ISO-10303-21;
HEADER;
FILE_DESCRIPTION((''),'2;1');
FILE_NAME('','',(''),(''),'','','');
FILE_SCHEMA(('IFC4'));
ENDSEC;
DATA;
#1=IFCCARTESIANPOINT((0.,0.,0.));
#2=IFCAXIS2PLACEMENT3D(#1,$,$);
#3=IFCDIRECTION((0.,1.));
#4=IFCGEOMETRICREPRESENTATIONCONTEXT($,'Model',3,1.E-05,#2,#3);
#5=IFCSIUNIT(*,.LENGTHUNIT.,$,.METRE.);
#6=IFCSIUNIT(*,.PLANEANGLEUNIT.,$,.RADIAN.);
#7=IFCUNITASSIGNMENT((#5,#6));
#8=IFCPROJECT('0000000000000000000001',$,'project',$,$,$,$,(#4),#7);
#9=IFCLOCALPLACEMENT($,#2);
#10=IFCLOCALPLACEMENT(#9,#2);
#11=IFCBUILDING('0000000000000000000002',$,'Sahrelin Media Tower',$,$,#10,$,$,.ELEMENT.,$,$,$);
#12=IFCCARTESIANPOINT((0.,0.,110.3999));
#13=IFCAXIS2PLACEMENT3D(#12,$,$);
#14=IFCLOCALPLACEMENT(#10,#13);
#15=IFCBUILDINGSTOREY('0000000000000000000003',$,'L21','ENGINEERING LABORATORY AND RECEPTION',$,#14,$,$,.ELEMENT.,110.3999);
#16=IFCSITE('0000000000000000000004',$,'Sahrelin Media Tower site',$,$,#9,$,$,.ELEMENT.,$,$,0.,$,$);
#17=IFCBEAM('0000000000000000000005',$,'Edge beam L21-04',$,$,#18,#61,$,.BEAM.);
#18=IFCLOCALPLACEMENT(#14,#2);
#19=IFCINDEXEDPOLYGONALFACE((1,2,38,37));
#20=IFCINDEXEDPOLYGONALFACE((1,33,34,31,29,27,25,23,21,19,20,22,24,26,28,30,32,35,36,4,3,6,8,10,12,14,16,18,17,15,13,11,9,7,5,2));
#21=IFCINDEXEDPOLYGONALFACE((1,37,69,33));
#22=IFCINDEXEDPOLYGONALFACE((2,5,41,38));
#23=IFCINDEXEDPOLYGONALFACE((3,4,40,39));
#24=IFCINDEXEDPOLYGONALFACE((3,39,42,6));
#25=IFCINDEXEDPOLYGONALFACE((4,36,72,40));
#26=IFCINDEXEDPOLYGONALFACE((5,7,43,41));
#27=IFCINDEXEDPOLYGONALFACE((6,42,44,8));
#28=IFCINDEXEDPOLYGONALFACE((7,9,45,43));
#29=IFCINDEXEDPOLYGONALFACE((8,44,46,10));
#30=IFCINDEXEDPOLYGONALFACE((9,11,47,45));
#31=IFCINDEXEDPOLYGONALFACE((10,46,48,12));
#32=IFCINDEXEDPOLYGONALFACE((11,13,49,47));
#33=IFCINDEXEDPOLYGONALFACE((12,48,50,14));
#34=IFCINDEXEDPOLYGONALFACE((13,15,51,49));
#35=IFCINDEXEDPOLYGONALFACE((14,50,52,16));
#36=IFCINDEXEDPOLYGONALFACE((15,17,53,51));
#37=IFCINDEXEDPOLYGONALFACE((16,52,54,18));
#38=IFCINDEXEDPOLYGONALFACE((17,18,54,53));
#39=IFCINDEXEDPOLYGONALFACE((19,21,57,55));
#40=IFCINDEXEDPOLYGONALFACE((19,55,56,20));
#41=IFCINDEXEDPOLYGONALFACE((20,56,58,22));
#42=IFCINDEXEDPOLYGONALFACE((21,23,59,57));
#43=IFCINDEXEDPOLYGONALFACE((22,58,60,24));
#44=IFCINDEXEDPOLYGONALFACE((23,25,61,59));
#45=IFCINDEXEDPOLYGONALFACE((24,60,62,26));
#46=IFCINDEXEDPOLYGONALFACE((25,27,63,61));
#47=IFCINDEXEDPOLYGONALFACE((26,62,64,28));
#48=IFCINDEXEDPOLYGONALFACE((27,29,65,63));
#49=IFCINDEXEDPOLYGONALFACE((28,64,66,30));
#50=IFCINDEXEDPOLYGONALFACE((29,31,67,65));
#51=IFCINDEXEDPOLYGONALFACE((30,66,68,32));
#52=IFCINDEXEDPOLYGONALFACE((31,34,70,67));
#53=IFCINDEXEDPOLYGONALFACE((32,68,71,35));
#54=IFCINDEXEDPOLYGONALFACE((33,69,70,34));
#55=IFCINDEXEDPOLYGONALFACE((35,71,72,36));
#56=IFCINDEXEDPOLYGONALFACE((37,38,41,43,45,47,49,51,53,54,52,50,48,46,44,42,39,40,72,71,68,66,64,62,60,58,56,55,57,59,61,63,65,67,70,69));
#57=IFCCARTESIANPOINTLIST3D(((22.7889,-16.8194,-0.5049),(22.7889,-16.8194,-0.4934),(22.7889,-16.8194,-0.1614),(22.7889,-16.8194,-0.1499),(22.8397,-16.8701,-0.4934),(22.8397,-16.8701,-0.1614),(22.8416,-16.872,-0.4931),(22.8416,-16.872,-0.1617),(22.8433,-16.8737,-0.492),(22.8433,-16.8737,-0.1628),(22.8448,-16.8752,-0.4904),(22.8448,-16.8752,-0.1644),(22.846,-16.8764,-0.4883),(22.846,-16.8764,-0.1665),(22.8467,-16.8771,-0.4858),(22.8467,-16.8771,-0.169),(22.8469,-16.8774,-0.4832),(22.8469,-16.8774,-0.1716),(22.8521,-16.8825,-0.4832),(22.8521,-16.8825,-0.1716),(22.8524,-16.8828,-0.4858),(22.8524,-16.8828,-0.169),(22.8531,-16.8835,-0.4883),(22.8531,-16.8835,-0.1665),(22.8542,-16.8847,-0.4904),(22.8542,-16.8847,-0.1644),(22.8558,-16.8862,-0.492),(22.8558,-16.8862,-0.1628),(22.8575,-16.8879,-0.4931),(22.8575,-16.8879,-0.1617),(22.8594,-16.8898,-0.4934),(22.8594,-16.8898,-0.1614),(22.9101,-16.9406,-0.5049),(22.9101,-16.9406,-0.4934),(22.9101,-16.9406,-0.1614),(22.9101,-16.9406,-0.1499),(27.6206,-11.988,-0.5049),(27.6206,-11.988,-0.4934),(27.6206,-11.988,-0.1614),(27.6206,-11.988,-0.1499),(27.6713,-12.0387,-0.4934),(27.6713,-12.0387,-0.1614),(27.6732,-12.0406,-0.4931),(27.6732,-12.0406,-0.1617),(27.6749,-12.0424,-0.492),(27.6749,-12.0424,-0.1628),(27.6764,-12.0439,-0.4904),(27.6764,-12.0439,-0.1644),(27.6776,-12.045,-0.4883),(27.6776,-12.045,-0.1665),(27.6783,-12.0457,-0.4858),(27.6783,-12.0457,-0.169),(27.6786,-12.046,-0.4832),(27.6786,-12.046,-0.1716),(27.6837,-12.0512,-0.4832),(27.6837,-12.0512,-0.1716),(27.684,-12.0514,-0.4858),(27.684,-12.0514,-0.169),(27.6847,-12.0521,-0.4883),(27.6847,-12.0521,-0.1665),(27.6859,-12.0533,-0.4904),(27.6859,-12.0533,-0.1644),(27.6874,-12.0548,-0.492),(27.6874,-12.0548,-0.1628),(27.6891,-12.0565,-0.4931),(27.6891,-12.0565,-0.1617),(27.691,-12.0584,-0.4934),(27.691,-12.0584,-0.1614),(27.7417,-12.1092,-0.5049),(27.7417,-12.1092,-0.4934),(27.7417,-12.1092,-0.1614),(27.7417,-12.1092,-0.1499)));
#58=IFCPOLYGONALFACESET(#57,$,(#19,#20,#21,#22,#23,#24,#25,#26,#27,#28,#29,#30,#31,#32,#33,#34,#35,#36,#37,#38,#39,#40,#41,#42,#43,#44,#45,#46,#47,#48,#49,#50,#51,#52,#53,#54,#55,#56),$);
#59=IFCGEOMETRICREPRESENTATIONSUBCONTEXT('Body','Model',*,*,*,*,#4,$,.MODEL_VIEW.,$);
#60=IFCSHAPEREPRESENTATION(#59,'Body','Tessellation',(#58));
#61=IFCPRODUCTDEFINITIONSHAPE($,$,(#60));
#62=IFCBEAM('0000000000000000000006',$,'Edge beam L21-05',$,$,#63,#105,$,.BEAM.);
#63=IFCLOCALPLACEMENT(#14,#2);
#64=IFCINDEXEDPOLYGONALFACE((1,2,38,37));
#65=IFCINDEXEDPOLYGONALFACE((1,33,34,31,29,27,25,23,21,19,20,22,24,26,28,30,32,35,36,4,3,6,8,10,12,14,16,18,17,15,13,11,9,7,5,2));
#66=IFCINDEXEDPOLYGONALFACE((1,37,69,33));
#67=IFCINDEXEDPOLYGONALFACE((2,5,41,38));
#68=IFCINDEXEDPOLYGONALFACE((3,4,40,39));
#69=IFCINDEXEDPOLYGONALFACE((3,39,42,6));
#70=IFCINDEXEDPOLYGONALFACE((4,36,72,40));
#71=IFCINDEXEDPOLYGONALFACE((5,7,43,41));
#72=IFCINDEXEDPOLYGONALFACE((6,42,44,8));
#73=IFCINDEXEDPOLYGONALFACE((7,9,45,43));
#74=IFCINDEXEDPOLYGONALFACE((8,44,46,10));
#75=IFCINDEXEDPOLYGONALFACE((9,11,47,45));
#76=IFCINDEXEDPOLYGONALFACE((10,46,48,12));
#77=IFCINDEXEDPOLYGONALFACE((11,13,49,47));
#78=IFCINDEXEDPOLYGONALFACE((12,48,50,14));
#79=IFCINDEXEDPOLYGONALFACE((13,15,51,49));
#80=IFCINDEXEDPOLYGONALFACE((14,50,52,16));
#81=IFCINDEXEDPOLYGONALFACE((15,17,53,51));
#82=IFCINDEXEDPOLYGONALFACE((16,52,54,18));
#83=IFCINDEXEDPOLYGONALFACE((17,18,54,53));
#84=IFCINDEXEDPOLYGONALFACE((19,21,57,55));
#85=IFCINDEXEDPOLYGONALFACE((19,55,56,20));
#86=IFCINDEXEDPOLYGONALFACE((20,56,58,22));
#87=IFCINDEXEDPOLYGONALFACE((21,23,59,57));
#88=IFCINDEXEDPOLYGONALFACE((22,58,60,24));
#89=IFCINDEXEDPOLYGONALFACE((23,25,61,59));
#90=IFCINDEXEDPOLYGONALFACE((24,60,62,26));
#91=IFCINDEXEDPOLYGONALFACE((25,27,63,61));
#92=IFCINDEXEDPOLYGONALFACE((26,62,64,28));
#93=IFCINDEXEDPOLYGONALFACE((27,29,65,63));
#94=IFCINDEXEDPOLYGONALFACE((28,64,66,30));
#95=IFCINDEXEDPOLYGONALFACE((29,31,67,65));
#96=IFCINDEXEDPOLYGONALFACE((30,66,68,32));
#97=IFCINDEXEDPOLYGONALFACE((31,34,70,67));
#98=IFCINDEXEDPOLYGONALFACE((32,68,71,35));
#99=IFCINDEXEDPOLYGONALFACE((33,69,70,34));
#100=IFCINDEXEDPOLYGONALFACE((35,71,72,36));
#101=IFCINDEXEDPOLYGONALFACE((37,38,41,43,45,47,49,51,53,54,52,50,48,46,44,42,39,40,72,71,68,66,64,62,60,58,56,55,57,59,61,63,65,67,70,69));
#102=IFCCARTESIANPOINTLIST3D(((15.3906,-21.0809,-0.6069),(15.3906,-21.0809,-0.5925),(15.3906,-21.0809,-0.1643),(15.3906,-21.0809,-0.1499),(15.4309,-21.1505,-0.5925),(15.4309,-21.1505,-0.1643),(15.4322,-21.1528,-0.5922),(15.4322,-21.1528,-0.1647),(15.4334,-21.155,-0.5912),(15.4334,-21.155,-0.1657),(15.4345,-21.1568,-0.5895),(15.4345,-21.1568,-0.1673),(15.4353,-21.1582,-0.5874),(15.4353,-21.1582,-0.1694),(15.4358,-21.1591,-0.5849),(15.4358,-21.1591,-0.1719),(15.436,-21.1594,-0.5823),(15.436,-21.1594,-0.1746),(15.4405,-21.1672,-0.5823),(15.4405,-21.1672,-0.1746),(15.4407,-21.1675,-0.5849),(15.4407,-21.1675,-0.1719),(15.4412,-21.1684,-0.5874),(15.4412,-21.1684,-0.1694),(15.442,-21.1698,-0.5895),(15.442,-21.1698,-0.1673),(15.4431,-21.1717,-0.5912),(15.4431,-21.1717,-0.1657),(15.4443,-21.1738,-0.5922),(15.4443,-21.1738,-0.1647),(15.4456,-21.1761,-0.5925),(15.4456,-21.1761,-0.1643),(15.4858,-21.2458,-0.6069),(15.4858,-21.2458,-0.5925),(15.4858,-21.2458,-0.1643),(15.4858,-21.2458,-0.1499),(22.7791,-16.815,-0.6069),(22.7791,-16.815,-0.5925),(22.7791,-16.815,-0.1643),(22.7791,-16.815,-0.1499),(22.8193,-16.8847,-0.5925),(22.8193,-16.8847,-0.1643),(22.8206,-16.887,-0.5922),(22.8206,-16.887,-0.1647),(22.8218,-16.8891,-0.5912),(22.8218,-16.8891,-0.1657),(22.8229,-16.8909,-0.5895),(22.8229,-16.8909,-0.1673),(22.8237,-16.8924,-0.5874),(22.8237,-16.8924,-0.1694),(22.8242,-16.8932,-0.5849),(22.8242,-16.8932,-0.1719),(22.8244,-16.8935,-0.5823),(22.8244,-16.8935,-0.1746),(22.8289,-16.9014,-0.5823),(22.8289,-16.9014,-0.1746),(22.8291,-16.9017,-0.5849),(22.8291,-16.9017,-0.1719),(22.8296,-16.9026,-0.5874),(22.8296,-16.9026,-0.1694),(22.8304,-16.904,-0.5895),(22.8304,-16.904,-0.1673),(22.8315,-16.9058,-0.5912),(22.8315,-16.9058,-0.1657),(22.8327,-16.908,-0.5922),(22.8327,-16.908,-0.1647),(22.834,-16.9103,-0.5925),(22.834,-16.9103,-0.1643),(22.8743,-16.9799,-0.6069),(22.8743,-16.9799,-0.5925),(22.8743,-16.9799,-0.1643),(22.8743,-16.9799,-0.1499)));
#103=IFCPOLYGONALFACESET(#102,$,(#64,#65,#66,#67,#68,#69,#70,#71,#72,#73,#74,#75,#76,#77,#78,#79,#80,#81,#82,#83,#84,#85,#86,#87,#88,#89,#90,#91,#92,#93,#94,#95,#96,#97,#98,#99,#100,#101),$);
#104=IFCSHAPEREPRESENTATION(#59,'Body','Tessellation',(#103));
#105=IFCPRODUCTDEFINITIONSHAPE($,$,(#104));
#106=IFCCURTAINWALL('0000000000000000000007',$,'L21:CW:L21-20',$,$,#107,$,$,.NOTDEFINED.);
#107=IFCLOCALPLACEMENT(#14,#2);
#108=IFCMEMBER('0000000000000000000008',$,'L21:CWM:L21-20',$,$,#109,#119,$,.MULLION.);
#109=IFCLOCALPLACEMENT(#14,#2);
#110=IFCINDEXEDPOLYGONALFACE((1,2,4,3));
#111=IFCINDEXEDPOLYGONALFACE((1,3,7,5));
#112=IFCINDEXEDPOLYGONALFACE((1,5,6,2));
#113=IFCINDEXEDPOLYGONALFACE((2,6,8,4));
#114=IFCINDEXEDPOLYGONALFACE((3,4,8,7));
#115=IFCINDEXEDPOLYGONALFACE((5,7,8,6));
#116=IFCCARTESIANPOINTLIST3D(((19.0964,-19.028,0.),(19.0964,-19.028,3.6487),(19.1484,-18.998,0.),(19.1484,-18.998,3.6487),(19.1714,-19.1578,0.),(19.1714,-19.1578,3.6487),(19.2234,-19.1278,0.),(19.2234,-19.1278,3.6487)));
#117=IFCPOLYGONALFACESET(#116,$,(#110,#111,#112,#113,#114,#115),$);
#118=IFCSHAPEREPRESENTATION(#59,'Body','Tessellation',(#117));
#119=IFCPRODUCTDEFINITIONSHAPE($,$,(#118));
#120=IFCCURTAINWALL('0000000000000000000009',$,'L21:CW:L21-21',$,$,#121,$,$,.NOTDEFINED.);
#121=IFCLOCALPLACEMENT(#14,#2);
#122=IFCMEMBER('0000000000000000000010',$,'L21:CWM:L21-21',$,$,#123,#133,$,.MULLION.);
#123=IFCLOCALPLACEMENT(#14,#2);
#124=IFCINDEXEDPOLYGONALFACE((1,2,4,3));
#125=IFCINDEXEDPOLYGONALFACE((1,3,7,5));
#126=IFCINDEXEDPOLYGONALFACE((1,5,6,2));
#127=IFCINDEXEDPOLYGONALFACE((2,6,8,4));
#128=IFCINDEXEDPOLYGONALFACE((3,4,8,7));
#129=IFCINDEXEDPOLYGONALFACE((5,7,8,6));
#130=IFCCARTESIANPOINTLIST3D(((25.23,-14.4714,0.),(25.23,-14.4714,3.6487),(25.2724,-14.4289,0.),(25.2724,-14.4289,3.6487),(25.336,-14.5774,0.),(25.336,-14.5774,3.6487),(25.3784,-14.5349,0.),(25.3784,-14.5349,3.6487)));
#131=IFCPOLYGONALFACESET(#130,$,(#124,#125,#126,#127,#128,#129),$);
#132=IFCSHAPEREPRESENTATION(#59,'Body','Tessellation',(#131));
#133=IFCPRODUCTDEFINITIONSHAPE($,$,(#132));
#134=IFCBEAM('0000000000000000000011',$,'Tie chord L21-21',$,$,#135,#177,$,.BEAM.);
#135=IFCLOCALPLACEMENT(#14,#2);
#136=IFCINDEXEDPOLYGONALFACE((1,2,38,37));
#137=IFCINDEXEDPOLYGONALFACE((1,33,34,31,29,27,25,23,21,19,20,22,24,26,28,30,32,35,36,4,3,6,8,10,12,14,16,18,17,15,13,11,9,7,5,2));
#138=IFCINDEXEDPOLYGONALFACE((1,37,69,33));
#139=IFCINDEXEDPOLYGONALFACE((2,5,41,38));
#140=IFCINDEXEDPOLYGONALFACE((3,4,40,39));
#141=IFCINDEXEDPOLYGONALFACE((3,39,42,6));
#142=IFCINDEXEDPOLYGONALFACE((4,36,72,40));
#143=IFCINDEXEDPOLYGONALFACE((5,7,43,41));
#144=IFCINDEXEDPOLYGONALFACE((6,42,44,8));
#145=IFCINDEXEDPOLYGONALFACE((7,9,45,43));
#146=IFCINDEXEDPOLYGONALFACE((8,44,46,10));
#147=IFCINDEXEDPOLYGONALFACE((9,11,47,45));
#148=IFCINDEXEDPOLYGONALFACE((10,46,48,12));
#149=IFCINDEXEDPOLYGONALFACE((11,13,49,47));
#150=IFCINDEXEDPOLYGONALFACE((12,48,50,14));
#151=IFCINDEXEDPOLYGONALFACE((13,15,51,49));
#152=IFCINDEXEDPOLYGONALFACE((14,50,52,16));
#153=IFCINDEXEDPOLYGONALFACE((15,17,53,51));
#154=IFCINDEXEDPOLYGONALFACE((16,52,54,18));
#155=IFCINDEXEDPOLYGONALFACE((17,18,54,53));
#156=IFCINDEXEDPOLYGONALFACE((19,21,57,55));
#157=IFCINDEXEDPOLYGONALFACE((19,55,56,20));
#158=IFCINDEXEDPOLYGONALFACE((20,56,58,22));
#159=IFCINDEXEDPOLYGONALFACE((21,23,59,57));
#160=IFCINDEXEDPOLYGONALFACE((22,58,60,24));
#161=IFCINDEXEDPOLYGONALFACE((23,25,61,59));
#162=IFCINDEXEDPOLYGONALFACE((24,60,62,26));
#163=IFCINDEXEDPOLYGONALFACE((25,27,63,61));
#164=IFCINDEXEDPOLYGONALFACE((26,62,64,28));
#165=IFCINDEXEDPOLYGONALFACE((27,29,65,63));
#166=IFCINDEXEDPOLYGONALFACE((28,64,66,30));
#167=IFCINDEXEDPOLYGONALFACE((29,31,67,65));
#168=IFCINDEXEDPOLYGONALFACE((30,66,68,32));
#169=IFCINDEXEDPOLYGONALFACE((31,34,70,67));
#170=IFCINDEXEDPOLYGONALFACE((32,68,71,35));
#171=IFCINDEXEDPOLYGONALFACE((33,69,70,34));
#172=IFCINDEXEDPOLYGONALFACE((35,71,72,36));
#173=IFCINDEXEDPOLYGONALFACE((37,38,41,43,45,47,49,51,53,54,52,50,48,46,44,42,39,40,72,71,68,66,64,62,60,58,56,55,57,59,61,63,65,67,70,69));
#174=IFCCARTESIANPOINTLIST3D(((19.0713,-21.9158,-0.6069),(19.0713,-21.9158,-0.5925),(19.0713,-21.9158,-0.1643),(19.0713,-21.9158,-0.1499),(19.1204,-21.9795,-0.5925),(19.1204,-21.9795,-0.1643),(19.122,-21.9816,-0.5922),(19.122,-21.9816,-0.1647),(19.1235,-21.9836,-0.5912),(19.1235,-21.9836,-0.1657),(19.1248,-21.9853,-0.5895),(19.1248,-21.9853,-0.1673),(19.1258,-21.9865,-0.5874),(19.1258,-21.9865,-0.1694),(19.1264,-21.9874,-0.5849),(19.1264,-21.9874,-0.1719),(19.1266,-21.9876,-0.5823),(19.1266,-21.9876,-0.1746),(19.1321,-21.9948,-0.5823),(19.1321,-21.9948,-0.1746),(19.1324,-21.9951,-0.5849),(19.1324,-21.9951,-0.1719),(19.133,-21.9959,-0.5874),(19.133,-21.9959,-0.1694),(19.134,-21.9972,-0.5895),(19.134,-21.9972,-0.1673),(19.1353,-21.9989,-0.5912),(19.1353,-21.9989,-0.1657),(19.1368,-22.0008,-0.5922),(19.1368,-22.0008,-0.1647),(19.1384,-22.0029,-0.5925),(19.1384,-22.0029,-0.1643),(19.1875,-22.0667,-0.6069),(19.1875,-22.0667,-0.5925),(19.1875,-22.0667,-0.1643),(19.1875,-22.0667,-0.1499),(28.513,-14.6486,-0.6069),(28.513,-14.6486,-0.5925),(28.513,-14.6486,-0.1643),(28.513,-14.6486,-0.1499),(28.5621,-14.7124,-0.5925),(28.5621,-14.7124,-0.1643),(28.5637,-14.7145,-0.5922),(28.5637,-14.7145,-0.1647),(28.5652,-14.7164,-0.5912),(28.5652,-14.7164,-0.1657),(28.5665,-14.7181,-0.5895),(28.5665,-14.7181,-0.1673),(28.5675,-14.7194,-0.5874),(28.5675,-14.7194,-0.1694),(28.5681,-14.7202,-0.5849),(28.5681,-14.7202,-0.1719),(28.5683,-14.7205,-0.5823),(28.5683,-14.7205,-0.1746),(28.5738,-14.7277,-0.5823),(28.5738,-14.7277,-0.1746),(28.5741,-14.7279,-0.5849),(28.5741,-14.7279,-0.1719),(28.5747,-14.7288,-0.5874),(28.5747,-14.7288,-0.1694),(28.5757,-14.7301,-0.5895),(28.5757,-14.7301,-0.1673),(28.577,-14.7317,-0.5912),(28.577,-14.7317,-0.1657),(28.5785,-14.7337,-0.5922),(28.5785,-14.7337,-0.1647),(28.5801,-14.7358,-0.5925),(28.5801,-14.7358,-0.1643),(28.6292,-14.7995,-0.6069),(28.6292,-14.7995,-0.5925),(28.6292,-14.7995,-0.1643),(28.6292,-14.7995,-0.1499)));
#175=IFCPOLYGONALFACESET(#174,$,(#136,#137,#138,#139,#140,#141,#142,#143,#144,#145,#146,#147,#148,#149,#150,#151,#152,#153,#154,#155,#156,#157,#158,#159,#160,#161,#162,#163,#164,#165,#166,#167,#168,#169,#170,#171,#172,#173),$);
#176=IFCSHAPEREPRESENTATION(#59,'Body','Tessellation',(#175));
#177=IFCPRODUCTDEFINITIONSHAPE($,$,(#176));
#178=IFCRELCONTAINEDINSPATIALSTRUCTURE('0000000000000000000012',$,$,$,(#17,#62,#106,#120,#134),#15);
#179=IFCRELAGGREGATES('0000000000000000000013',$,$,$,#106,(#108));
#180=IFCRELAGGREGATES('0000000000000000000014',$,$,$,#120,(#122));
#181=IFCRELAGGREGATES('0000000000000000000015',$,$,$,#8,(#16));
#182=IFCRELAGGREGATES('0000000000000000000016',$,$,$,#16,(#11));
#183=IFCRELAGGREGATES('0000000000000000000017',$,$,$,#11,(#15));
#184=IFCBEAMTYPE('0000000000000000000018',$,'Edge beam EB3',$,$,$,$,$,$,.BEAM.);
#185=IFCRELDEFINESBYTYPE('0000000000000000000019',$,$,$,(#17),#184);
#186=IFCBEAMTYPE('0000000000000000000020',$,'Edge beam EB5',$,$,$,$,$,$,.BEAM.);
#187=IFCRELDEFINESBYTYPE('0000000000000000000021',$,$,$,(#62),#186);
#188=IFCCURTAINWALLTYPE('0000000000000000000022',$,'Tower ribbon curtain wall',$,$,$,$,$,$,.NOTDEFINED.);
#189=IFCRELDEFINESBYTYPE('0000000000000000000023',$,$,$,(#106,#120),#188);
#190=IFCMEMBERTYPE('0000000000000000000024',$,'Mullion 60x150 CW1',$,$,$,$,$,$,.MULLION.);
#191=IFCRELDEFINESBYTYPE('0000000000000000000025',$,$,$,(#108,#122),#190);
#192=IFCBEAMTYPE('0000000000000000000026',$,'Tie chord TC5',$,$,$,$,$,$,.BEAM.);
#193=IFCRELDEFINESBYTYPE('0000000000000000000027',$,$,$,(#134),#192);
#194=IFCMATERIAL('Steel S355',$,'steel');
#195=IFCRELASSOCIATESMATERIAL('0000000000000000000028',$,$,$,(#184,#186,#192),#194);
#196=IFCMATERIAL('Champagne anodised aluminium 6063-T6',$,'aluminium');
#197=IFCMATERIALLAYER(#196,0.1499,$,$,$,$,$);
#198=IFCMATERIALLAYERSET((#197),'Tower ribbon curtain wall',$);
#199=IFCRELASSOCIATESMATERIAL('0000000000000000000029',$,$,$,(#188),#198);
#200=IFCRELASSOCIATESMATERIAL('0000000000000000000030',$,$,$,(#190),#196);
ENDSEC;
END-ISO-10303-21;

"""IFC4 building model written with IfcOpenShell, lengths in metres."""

from ifc_helpers import new_model, si_unit, direction, frame, origin, origin_2d, place, context, subcontext, project, spatial, rectangle, i_section, extrude, material, layer, layer_set, material_profile, profile_set, type_object, element, aggregate, save


model = new_model("IFC4")

# Units and contexts
model_context = context("Model", 3, precision=1e-05, world=origin(), true_north=direction((0.0, 1.0)))
body_context = subcontext(model_context, "Body", "Model", "MODEL_VIEW")
ifc_project = project(units=[si_unit("LENGTHUNIT", "METRE"), si_unit("PLANEANGLEUNIT", "RADIAN")], contexts=[model_context])

# Site, building, storey
site_placement = place(None, origin())
site = spatial("IfcSite", under=ifc_project, at=site_placement, Name="Sahrelin Media Tower site", CompositionType="ELEMENT", RefElevation=0.0)
building_placement = place(site_placement, origin())
building = spatial("IfcBuilding", under=site, at=building_placement, Name="Sahrelin Media Tower", CompositionType="ELEMENT")
storey_placement = place(building_placement, frame((0.0, 0.0, 110.3999)))
storey = spatial("IfcBuildingStorey", under=building, at=storey_placement, Name="L21", Description="ENGINEERING LABORATORY AND RECEPTION", CompositionType="ELEMENT", Elevation=110.3999)

# Beams
ifc_material_1 = material(Name="Steel S355", Category="steel")
ifc_material_profile_1 = material_profile(ifc_material_1, i_section(OverallWidth=0.1714, OverallDepth=0.355, WebThickness=0.0073, FlangeThickness=0.0115, FilletRadius=0.0103, at=origin_2d()), Name="UB 356x171x51")
ifc_profile_set_1 = profile_set([ifc_material_profile_1], Name="Steel S355")
beam_type_1 = type_object("IfcBeamType", Name="Edge beam EB3", PredefinedType="BEAM", material=ifc_profile_set_1)
beam_1_placement = place(storey_placement, frame((27.6812, -12.0486, -0.3274), z_axis=(-0.707125, -0.707089, 0.0), x_axis=(0.707089, -0.707125, 0.0)))
element("IfcBeam", 1, at=beam_1_placement, inside=storey, type_object=beam_type_1, Name="Edge beam L21-04", PredefinedType="BEAM", context=body_context, shape_type="SweptSolid", body=[
    extrude(i_section(OverallWidth=0.1714, OverallDepth=0.355, WebThickness=0.0073, FlangeThickness=0.0115, FilletRadius=0.0103, at=origin_2d()), origin(), (0.0, 0.0, 1.0), 6.8328),
])
ifc_material_profile_2 = material_profile(ifc_material_1, i_section(OverallWidth=0.1904, OverallDepth=0.457, WebThickness=0.009, FlangeThickness=0.0144, FilletRadius=0.0103, at=origin_2d()), Name="UB 457x191x74")
ifc_profile_set_2 = profile_set([ifc_material_profile_2], Name="Steel S355")
beam_type_2 = type_object("IfcBeamType", Name="Edge beam EB5", PredefinedType="BEAM", material=ifc_profile_set_2)
beam_2_placement = place(storey_placement, frame((22.8267, -16.8975, -0.3784), z_axis=(-0.866017, -0.500014, 0.0), x_axis=(0.500014, -0.866017, 0.0)))
element("IfcBeam", 2, at=beam_2_placement, inside=storey, type_object=beam_type_2, Name="Edge beam L21-05", PredefinedType="BEAM", context=body_context, shape_type="SweptSolid", body=[
    extrude(i_section(OverallWidth=0.1904, OverallDepth=0.457, WebThickness=0.009, FlangeThickness=0.0144, FilletRadius=0.0103, at=origin_2d()), origin(), (0.0, 0.0, 1.0), 8.5315),
])

# Curtain walls, members
ifc_material_2 = material(Name="Champagne anodised aluminium 6063-T6", Category="aluminium")
ifc_layer_1 = layer(ifc_material_2, 0.1499)
ifc_layer_set_1 = layer_set([ifc_layer_1], Name="Tower ribbon curtain wall")
curtain_wall_type = type_object("IfcCurtainWallType", Name="Tower ribbon curtain wall", PredefinedType="NOTDEFINED", material=ifc_layer_set_1)
curtain_wall_1_placement = place(storey_placement, frame((19.2075, -19.1604, 0.0), z_axis=(0.0, 0.0, 1.0), x_axis=(1.0, 0.0, 0.0)))
curtain_wall_1 = element("IfcCurtainWall", 3, at=curtain_wall_1_placement, inside=storey, type_object=curtain_wall_type, Name="L21:CW:L21-20", PredefinedType="NOTDEFINED")
ifc_material_profile_3 = material_profile(ifc_material_2, rectangle(XDim=0.0601, YDim=0.1499, at=origin_2d()), Name="Mullion 60x150")
ifc_profile_set_3 = profile_set([ifc_material_profile_3], Name="Champagne anodised aluminium 6063-T6")
member_type_1 = type_object("IfcMemberType", Name="Mullion 60x150 CW1", PredefinedType="MULLION", material=ifc_profile_set_3)
member_1_placement = place(storey_placement, frame((19.1599, -19.0779, 0.0), z_axis=(0.0, 0.0, 1.0), x_axis=(0.866025, 0.500002, 0.0)))
member_1 = element("IfcMember", 4, at=member_1_placement, type_object=member_type_1, Name="L21:CWM:L21-20", PredefinedType="MULLION", context=body_context, shape_type="SweptSolid", body=[
    extrude(rectangle(XDim=0.0601, YDim=0.1499, at=origin_2d()), origin(), (0.0, 0.0, 1.0), 3.6487),
])
curtain_wall_2_placement = place(storey_placement, frame((25.3713, -14.5703, 0.0), z_axis=(0.0, 0.0, 1.0), x_axis=(1.0, 0.0, 0.0)))
curtain_wall_2 = element("IfcCurtainWall", 5, at=curtain_wall_2_placement, inside=storey, type_object=curtain_wall_type, Name="L21:CW:L21-21", PredefinedType="NOTDEFINED")
member_2_placement = place(storey_placement, frame((25.3042, -14.5032, 0.0), z_axis=(0.0, 0.0, 1.0), x_axis=(0.707107, 0.707107, 0.0)))
member_2 = element("IfcMember", 6, at=member_2_placement, type_object=member_type_1, Name="L21:CWM:L21-21", PredefinedType="MULLION", context=body_context, shape_type="SweptSolid", body=[
    extrude(rectangle(XDim=0.0601, YDim=0.1499, at=origin_2d()), origin(), (0.0, 0.0, 1.0), 3.6487),
])

# Beam
ifc_material_profile_4 = material_profile(ifc_material_1, i_section(OverallWidth=0.1904, OverallDepth=0.457, WebThickness=0.009, FlangeThickness=0.0144, FilletRadius=0.0103, at=origin_2d()), Name="UB 457x191x74")
ifc_profile_set_4 = profile_set([ifc_material_profile_4], Name="Steel S355")
beam_type_3 = type_object("IfcBeamType", Name="Tie chord TC5", PredefinedType="BEAM", material=ifc_profile_set_4)
beam_3_placement = place(storey_placement, frame((19.1294, -21.9912, -0.3784), z_axis=(0.79245, 0.609937, 0.0), x_axis=(-0.609937, 0.79245, 0.0)))
element("IfcBeam", 7, at=beam_3_placement, inside=storey, type_object=beam_type_3, Name="Tie chord L21-21", PredefinedType="BEAM", context=body_context, shape_type="SweptSolid", body=[
    extrude(i_section(OverallWidth=0.1904, OverallDepth=0.457, WebThickness=0.009, FlangeThickness=0.0144, FilletRadius=0.0103, at=origin_2d()), origin(), (0.0, 0.0, 1.0), 11.9146),
])

aggregate(curtain_wall_1, [member_1])
aggregate(curtain_wall_2, [member_2])

save(model, "model.ifc")
